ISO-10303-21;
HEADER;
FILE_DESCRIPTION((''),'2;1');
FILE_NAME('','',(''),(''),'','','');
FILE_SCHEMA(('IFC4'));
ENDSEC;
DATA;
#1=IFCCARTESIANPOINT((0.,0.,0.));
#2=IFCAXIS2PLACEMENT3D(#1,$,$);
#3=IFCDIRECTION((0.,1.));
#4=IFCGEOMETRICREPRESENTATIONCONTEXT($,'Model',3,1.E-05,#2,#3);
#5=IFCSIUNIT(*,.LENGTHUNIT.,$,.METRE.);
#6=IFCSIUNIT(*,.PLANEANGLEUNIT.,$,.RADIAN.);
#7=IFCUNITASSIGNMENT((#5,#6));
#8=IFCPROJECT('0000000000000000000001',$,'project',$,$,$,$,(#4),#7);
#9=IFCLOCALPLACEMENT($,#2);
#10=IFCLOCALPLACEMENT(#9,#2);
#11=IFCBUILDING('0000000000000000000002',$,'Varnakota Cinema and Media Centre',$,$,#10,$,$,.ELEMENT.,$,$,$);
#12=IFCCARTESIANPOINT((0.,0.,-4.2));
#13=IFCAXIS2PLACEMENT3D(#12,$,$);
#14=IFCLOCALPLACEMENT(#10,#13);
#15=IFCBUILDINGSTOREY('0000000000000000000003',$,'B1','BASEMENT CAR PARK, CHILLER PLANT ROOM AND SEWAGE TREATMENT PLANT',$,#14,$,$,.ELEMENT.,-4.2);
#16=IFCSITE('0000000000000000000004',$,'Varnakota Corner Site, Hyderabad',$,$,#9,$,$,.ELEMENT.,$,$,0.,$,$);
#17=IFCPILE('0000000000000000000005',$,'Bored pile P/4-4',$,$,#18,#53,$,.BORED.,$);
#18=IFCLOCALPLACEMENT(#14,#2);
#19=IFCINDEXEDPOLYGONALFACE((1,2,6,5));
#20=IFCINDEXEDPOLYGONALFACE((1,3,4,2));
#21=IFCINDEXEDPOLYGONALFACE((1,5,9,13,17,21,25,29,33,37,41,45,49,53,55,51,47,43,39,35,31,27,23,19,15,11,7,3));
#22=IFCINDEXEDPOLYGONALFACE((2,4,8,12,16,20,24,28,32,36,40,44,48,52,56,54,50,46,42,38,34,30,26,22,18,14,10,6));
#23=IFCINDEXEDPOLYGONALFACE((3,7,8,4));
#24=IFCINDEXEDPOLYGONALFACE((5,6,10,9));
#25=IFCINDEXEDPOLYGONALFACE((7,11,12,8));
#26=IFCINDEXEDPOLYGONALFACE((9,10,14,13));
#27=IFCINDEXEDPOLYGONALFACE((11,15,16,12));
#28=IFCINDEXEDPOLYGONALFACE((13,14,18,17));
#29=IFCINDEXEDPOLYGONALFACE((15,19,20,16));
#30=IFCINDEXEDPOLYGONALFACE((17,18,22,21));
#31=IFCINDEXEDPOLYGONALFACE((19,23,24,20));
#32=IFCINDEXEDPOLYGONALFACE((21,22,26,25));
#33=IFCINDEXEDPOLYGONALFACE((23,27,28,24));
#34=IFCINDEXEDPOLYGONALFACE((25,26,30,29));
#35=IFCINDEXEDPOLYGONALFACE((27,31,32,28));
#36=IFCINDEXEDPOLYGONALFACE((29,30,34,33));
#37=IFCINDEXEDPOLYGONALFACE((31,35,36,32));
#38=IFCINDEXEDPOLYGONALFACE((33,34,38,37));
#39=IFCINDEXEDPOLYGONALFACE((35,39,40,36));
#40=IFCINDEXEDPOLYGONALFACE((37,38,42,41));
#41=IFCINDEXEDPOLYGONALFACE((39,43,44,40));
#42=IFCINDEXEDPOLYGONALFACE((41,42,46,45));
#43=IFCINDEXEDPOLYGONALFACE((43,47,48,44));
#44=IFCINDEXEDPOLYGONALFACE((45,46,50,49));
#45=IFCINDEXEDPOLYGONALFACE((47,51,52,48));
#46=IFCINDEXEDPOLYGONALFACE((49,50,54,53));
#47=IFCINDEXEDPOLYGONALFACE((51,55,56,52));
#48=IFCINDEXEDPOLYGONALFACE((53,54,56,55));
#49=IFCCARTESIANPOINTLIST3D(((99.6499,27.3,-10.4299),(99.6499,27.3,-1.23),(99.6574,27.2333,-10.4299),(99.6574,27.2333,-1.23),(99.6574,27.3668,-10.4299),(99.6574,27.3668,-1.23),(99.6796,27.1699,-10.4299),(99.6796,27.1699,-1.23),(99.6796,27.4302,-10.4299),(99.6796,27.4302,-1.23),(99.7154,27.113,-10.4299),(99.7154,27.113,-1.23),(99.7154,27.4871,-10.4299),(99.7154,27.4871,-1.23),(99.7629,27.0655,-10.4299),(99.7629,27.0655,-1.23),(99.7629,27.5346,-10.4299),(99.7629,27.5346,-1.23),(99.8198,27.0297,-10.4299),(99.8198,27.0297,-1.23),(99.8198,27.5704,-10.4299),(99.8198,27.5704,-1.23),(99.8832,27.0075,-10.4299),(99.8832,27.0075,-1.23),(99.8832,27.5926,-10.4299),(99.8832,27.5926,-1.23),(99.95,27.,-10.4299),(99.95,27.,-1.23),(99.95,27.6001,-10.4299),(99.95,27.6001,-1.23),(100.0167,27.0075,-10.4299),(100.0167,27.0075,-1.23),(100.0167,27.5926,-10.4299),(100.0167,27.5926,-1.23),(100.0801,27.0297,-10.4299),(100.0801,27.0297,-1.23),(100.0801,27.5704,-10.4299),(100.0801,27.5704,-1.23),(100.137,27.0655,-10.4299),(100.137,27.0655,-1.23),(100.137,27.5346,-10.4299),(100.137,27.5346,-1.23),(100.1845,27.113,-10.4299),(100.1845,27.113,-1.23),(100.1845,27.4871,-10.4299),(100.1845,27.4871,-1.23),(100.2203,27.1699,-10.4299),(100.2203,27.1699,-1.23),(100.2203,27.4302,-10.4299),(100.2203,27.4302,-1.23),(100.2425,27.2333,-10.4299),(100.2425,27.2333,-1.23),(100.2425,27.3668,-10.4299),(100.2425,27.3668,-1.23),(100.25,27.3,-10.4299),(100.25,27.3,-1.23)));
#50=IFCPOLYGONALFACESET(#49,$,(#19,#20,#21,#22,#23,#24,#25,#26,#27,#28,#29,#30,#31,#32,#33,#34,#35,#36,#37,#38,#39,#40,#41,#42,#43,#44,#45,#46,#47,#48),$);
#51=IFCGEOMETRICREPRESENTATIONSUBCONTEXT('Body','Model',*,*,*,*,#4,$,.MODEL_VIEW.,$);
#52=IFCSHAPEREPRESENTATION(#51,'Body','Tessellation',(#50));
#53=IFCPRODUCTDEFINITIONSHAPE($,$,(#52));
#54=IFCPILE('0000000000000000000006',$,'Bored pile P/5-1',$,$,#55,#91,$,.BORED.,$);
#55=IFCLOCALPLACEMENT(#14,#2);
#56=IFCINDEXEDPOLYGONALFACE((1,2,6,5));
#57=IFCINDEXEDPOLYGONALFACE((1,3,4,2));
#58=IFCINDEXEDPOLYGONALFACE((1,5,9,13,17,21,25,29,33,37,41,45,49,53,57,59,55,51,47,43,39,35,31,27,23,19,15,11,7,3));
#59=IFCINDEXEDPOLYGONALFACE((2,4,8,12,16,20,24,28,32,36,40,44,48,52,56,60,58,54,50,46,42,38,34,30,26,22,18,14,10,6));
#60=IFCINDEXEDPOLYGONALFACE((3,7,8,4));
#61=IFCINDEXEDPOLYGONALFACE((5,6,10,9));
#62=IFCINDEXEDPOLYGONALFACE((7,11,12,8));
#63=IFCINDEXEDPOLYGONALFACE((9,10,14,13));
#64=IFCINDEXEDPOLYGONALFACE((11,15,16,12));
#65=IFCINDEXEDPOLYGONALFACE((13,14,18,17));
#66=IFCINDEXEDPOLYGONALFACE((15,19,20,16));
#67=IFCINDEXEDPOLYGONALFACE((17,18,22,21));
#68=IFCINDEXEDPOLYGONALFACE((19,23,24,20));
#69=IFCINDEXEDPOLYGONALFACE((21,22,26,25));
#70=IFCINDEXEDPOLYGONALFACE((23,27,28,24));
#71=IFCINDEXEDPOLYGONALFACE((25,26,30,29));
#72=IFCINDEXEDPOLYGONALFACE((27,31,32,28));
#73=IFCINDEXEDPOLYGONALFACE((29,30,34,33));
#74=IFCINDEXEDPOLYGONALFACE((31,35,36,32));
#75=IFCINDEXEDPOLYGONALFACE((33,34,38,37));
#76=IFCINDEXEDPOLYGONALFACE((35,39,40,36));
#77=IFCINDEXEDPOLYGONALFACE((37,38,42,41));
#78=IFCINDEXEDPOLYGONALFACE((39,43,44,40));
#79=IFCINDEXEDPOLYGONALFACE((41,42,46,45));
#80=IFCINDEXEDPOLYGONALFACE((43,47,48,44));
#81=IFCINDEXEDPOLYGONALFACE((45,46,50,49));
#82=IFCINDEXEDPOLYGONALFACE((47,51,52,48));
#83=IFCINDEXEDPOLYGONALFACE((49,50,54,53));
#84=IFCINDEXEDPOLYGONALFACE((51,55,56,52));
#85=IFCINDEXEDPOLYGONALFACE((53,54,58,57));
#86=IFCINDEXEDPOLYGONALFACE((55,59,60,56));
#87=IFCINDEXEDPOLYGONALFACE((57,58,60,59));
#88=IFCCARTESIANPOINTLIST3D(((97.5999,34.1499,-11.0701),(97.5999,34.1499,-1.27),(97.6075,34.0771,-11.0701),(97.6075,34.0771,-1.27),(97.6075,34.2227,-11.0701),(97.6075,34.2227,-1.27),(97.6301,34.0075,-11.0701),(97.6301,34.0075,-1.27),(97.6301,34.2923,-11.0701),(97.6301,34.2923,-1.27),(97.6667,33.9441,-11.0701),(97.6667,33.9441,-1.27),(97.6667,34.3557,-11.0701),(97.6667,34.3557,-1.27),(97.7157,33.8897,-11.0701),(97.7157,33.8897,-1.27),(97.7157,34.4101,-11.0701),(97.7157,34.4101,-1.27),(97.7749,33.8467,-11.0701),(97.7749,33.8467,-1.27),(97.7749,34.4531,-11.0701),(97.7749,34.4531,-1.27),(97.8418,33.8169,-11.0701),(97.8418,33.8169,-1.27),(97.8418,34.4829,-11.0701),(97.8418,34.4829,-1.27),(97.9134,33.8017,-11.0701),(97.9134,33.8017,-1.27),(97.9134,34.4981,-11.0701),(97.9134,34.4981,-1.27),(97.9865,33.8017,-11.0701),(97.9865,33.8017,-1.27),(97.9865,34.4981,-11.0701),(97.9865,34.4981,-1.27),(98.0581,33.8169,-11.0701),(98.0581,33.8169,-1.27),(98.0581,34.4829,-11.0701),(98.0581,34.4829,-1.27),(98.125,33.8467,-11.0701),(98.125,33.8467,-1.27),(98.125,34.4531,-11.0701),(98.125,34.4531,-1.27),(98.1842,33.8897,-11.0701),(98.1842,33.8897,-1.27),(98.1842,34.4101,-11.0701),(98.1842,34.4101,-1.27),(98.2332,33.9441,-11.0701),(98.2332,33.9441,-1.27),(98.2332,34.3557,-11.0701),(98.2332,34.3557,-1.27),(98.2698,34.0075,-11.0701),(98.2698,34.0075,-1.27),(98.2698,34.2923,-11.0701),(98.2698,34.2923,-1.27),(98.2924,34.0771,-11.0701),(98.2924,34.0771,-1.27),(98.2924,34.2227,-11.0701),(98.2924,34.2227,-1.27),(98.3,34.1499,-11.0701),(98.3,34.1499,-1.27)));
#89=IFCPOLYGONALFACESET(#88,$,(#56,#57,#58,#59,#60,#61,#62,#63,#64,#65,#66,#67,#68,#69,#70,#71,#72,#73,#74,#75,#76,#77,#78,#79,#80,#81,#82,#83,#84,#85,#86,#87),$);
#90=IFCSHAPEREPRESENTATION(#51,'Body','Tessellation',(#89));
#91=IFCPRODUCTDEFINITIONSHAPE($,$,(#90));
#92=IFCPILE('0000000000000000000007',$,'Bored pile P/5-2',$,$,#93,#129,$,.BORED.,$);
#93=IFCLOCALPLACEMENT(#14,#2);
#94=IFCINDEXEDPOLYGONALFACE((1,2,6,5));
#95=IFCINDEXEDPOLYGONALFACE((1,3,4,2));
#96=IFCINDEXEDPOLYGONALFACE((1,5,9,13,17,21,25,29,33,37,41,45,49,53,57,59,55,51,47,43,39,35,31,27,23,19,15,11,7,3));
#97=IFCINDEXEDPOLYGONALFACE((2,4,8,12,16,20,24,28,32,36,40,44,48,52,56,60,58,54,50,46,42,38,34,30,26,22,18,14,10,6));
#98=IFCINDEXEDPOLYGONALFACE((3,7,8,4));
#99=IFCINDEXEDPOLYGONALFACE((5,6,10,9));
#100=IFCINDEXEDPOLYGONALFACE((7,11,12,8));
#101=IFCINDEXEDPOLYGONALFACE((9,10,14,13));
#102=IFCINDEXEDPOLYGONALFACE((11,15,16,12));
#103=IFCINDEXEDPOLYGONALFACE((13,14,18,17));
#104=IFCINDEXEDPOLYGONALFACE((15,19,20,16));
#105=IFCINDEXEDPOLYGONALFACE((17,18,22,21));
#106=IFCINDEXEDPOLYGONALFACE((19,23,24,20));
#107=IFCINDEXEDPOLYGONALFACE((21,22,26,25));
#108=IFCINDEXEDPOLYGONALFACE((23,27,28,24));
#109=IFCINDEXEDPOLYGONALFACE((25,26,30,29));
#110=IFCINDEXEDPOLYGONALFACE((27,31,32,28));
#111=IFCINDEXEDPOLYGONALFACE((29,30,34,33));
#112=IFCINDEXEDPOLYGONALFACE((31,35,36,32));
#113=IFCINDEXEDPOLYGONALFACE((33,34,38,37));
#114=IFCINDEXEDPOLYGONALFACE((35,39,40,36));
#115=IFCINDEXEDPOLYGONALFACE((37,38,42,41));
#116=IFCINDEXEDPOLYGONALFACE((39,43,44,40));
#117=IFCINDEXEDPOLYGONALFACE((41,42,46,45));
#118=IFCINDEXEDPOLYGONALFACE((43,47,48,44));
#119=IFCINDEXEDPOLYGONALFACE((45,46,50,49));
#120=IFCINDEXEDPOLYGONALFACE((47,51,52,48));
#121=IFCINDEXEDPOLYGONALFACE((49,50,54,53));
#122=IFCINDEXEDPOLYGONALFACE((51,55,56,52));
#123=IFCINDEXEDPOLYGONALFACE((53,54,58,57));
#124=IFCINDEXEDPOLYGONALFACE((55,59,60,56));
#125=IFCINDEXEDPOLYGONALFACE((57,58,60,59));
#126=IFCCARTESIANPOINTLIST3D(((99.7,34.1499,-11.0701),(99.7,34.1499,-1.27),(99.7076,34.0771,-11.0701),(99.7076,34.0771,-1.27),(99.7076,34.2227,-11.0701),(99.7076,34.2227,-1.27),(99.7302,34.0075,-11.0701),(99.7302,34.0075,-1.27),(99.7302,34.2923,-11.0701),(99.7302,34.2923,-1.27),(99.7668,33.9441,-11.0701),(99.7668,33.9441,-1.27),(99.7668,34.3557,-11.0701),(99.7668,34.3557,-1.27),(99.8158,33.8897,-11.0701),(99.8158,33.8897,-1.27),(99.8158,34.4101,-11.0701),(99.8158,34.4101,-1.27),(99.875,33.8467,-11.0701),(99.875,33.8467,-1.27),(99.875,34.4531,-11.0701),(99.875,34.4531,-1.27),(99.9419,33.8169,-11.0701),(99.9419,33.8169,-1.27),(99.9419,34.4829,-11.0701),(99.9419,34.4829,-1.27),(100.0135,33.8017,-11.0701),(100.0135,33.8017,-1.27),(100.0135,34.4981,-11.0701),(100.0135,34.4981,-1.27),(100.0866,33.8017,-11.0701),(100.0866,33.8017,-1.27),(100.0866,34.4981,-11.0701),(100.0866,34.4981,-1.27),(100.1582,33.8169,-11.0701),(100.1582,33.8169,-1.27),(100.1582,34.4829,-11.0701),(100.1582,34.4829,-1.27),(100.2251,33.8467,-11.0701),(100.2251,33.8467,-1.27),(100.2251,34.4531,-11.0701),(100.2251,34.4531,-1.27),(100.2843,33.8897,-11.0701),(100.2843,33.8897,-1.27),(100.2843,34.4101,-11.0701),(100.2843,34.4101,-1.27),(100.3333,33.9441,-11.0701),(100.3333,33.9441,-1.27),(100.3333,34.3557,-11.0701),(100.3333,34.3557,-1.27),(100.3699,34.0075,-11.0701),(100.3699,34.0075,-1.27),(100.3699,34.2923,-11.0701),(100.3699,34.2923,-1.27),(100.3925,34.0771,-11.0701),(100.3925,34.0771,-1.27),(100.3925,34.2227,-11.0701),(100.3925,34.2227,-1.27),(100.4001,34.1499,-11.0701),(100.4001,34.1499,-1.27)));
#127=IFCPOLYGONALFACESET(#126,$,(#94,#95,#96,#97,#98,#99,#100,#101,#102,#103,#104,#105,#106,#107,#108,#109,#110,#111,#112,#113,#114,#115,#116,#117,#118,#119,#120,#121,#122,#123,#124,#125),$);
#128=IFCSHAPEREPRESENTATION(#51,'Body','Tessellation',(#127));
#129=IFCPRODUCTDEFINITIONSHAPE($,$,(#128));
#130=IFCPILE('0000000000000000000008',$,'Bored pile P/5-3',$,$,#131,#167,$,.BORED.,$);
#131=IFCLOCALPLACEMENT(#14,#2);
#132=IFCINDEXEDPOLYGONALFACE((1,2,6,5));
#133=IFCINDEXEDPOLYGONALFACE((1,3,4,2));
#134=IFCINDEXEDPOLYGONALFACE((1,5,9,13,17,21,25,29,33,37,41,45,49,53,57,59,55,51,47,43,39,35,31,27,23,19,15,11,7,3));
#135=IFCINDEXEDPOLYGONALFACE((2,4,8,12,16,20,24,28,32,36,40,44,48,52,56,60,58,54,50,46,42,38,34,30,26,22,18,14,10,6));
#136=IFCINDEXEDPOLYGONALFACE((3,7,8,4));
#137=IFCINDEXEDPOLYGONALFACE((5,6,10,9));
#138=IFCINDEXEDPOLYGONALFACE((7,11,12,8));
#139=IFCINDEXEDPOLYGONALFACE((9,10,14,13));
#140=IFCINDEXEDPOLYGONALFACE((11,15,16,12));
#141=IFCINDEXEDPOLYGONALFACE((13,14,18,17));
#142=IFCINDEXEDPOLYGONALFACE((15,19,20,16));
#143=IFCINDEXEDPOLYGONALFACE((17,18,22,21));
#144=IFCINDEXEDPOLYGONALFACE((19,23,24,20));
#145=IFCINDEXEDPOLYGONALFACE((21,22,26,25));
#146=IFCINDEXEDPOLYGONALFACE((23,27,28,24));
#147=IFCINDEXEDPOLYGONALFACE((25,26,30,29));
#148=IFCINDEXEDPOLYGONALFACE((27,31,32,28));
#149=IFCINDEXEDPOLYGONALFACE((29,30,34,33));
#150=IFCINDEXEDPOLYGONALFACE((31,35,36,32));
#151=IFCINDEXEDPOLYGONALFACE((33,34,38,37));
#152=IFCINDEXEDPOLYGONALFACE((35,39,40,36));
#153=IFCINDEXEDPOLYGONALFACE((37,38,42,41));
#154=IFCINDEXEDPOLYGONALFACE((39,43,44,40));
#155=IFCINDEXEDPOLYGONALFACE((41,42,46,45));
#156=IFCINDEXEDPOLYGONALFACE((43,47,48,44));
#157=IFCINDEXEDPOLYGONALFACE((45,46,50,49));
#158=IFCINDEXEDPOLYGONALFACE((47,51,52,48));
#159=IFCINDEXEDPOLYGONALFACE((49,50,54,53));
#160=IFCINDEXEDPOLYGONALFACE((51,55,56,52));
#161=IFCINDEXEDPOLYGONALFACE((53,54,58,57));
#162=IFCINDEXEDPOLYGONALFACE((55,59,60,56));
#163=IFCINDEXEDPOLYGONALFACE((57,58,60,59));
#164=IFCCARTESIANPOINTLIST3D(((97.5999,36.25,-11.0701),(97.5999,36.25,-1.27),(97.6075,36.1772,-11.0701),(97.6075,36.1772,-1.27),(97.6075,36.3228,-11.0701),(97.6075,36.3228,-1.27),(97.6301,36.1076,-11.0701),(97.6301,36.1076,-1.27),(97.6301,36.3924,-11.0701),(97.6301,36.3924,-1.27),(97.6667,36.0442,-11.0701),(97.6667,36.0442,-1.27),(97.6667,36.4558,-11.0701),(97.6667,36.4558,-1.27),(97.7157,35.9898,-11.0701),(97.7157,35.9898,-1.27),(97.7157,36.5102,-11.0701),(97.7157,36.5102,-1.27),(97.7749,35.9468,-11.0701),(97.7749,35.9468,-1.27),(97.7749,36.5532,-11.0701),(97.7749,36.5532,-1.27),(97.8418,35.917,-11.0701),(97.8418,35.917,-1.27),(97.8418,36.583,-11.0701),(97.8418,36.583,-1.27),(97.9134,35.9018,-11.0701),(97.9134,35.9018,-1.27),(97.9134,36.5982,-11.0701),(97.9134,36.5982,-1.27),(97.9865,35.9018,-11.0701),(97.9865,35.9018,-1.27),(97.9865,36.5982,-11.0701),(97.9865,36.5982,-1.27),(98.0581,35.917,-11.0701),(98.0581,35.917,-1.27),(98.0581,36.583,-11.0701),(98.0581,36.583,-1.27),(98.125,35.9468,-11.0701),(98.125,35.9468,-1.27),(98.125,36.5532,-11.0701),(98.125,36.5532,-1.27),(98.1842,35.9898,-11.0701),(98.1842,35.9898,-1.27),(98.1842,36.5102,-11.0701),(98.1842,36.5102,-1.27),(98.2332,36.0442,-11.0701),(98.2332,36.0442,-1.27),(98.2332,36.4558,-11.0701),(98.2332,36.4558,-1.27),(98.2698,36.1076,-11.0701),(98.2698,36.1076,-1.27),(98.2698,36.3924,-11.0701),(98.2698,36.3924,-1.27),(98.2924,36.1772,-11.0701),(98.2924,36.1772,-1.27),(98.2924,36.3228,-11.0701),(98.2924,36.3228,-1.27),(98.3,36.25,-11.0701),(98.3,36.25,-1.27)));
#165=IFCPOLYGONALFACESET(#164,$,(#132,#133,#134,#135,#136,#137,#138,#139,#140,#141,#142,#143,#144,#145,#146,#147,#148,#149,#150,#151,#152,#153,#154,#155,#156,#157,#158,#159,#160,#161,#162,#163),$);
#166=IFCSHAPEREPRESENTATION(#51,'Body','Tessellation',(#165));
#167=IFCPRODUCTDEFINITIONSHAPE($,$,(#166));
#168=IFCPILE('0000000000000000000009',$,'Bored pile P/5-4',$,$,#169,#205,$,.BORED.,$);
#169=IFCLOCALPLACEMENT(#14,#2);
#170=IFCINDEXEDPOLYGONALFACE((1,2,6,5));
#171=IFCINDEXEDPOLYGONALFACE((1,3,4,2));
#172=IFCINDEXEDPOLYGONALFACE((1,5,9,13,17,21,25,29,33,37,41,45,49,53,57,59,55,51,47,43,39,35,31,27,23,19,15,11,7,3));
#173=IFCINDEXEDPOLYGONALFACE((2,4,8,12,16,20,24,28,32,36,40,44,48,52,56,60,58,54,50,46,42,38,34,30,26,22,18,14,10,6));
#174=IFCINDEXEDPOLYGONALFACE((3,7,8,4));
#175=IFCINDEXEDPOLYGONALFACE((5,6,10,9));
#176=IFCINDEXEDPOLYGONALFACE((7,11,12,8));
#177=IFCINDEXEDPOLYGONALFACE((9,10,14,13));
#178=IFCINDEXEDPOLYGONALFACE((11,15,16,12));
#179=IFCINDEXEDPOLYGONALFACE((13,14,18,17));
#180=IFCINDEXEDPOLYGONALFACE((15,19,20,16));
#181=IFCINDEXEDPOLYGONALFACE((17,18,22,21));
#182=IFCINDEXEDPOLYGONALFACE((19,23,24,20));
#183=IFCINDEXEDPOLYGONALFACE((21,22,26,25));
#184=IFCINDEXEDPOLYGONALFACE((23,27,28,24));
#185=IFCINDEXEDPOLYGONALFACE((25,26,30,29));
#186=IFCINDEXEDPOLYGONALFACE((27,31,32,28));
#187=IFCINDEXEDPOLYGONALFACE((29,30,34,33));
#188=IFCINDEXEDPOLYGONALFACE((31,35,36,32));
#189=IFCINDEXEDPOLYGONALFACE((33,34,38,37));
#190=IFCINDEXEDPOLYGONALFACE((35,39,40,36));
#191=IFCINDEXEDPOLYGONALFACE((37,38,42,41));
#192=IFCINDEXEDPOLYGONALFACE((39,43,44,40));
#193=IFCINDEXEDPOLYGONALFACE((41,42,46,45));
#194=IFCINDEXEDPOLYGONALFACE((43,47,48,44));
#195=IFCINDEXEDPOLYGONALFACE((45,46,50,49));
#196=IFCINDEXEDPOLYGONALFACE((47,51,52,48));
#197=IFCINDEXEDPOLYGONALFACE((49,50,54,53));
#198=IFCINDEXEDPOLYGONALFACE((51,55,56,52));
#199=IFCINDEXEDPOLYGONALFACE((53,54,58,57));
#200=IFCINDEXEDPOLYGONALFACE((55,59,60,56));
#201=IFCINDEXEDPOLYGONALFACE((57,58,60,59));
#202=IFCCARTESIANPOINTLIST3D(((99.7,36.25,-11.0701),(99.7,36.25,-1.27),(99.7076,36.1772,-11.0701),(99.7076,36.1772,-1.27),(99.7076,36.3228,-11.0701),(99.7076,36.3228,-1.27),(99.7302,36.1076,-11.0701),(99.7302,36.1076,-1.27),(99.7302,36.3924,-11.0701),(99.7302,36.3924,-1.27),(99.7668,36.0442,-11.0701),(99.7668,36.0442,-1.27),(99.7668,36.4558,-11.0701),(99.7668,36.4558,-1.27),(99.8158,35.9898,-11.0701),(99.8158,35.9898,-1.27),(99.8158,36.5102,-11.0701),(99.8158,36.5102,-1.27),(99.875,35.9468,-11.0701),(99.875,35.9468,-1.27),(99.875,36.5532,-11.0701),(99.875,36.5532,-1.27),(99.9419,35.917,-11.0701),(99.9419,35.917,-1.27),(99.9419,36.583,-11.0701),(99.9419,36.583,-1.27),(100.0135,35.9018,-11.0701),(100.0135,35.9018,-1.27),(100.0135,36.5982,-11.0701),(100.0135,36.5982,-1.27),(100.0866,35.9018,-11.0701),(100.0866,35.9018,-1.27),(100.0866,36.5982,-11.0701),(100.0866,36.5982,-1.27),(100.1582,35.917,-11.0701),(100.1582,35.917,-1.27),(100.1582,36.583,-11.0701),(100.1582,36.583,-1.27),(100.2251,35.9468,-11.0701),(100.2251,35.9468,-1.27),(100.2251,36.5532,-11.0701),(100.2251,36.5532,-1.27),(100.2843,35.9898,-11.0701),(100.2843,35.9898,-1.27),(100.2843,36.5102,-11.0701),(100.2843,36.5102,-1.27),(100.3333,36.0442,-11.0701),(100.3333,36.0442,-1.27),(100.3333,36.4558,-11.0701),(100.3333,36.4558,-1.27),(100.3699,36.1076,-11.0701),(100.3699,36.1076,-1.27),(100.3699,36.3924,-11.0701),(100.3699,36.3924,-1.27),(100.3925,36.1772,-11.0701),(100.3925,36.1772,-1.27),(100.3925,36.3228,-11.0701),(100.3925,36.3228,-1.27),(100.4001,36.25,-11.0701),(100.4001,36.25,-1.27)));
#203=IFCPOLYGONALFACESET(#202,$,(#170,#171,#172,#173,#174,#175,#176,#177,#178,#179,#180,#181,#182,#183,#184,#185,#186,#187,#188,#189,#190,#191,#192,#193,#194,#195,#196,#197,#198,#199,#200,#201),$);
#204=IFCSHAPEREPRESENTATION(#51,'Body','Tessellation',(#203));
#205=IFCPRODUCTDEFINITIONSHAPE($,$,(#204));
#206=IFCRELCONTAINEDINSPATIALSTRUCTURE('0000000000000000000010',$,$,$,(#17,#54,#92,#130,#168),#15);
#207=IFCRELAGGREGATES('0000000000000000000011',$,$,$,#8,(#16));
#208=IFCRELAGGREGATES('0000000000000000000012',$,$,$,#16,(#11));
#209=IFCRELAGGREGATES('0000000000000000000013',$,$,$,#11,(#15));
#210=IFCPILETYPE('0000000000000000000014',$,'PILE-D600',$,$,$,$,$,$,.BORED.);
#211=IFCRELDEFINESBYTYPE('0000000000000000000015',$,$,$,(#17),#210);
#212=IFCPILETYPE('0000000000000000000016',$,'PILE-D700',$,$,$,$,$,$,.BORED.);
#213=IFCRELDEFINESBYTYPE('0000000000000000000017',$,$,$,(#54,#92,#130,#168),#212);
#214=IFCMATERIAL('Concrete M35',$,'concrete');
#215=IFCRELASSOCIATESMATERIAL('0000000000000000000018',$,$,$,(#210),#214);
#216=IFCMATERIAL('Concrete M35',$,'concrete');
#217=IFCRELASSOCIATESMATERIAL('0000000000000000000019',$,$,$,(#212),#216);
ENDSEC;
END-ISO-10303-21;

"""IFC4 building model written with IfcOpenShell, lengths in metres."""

from ifc_helpers import new_model, si_unit, direction, frame, origin, origin_2d, place, context, subcontext, project, spatial, circle, extrude, material, material_profile, profile_set, type_object, element, save


model = new_model("IFC4")

# Units and contexts
model_context = context("Model", 3, precision=1e-05, world=origin(), true_north=direction((0.0, 1.0)))
body_context = subcontext(model_context, "Body", "Model", "MODEL_VIEW")
ifc_project = project(units=[si_unit("LENGTHUNIT", "METRE"), si_unit("PLANEANGLEUNIT", "RADIAN")], contexts=[model_context])

# Site, building, storey
site_placement = place(None, origin())
site = spatial("IfcSite", under=ifc_project, at=site_placement, Name="Varnakota Corner Site, Hyderabad", CompositionType="ELEMENT", RefElevation=0.0)
building_placement = place(site_placement, origin())
building = spatial("IfcBuilding", under=site, at=building_placement, Name="Varnakota Cinema and Media Centre", CompositionType="ELEMENT")
storey_placement = place(building_placement, frame((0.0, 0.0, -4.2)))
storey = spatial("IfcBuildingStorey", under=building, at=storey_placement, Name="B1", Description="BASEMENT CAR PARK, CHILLER PLANT ROOM AND SEWAGE TREATMENT PLANT", CompositionType="ELEMENT", Elevation=-4.2)

# Piles
ifc_material_1 = material(Name="Concrete M35", Category="concrete")
ifc_material_profile_1 = material_profile(ifc_material_1, circle(Radius=0.3, at=origin_2d()), Name="PILE D600")
ifc_profile_set_1 = profile_set([ifc_material_profile_1], Name="Concrete M35")
pile_type_1 = type_object("IfcPileType", Name="PILE-D600", PredefinedType="BORED", material=ifc_profile_set_1)
for number, where, z_axis, x_axis, name in (
    (1, (99.95, 27.3, -1.23), (0.0, 0.0, -1.0), (1.0, 0.0, 0.0), "Bored pile P/4-4"),
):
    element("IfcPile", number, at=place(storey_placement, frame(where, z_axis=z_axis, x_axis=x_axis)), inside=storey, type_object=pile_type_1, Name=name, PredefinedType="BORED", context=body_context, shape_type="SweptSolid", body=[
        extrude(circle(Radius=0.3, at=origin_2d()), origin(), (0.0, 0.0, 1.0), 9.2),
    ])
ifc_material_2 = material(Name="Concrete M35", Category="concrete")
ifc_material_profile_2 = material_profile(ifc_material_2, circle(Radius=0.3501, at=origin_2d()), Name="PILE D700")
ifc_profile_set_2 = profile_set([ifc_material_profile_2], Name="Concrete M35")
pile_type_2 = type_object("IfcPileType", Name="PILE-D700", PredefinedType="BORED", material=ifc_profile_set_2)
for number, where, z_axis, x_axis, name in (
    (2, (97.95, 34.1499, -1.27), (0.0, 0.0, -1.0), (1.0, 0.0, 0.0), "Bored pile P/5-1"),
    (3, (100.05, 34.1499, -1.27), (0.0, 0.0, -1.0), (1.0, 0.0, 0.0), "Bored pile P/5-2"),
    (4, (97.95, 36.25, -1.27), (0.0, 0.0, -1.0), (1.0, 0.0, 0.0), "Bored pile P/5-3"),
    (5, (100.05, 36.25, -1.27), (0.0, 0.0, -1.0), (1.0, 0.0, 0.0), "Bored pile P/5-4"),
):
    element("IfcPile", number, at=place(storey_placement, frame(where, z_axis=z_axis, x_axis=x_axis)), inside=storey, type_object=pile_type_2, Name=name, PredefinedType="BORED", context=body_context, shape_type="SweptSolid", body=[
        extrude(circle(Radius=0.3501, at=origin_2d()), origin(), (0.0, 0.0, 1.0), 9.8),
    ])

save(model, "model.ifc")
